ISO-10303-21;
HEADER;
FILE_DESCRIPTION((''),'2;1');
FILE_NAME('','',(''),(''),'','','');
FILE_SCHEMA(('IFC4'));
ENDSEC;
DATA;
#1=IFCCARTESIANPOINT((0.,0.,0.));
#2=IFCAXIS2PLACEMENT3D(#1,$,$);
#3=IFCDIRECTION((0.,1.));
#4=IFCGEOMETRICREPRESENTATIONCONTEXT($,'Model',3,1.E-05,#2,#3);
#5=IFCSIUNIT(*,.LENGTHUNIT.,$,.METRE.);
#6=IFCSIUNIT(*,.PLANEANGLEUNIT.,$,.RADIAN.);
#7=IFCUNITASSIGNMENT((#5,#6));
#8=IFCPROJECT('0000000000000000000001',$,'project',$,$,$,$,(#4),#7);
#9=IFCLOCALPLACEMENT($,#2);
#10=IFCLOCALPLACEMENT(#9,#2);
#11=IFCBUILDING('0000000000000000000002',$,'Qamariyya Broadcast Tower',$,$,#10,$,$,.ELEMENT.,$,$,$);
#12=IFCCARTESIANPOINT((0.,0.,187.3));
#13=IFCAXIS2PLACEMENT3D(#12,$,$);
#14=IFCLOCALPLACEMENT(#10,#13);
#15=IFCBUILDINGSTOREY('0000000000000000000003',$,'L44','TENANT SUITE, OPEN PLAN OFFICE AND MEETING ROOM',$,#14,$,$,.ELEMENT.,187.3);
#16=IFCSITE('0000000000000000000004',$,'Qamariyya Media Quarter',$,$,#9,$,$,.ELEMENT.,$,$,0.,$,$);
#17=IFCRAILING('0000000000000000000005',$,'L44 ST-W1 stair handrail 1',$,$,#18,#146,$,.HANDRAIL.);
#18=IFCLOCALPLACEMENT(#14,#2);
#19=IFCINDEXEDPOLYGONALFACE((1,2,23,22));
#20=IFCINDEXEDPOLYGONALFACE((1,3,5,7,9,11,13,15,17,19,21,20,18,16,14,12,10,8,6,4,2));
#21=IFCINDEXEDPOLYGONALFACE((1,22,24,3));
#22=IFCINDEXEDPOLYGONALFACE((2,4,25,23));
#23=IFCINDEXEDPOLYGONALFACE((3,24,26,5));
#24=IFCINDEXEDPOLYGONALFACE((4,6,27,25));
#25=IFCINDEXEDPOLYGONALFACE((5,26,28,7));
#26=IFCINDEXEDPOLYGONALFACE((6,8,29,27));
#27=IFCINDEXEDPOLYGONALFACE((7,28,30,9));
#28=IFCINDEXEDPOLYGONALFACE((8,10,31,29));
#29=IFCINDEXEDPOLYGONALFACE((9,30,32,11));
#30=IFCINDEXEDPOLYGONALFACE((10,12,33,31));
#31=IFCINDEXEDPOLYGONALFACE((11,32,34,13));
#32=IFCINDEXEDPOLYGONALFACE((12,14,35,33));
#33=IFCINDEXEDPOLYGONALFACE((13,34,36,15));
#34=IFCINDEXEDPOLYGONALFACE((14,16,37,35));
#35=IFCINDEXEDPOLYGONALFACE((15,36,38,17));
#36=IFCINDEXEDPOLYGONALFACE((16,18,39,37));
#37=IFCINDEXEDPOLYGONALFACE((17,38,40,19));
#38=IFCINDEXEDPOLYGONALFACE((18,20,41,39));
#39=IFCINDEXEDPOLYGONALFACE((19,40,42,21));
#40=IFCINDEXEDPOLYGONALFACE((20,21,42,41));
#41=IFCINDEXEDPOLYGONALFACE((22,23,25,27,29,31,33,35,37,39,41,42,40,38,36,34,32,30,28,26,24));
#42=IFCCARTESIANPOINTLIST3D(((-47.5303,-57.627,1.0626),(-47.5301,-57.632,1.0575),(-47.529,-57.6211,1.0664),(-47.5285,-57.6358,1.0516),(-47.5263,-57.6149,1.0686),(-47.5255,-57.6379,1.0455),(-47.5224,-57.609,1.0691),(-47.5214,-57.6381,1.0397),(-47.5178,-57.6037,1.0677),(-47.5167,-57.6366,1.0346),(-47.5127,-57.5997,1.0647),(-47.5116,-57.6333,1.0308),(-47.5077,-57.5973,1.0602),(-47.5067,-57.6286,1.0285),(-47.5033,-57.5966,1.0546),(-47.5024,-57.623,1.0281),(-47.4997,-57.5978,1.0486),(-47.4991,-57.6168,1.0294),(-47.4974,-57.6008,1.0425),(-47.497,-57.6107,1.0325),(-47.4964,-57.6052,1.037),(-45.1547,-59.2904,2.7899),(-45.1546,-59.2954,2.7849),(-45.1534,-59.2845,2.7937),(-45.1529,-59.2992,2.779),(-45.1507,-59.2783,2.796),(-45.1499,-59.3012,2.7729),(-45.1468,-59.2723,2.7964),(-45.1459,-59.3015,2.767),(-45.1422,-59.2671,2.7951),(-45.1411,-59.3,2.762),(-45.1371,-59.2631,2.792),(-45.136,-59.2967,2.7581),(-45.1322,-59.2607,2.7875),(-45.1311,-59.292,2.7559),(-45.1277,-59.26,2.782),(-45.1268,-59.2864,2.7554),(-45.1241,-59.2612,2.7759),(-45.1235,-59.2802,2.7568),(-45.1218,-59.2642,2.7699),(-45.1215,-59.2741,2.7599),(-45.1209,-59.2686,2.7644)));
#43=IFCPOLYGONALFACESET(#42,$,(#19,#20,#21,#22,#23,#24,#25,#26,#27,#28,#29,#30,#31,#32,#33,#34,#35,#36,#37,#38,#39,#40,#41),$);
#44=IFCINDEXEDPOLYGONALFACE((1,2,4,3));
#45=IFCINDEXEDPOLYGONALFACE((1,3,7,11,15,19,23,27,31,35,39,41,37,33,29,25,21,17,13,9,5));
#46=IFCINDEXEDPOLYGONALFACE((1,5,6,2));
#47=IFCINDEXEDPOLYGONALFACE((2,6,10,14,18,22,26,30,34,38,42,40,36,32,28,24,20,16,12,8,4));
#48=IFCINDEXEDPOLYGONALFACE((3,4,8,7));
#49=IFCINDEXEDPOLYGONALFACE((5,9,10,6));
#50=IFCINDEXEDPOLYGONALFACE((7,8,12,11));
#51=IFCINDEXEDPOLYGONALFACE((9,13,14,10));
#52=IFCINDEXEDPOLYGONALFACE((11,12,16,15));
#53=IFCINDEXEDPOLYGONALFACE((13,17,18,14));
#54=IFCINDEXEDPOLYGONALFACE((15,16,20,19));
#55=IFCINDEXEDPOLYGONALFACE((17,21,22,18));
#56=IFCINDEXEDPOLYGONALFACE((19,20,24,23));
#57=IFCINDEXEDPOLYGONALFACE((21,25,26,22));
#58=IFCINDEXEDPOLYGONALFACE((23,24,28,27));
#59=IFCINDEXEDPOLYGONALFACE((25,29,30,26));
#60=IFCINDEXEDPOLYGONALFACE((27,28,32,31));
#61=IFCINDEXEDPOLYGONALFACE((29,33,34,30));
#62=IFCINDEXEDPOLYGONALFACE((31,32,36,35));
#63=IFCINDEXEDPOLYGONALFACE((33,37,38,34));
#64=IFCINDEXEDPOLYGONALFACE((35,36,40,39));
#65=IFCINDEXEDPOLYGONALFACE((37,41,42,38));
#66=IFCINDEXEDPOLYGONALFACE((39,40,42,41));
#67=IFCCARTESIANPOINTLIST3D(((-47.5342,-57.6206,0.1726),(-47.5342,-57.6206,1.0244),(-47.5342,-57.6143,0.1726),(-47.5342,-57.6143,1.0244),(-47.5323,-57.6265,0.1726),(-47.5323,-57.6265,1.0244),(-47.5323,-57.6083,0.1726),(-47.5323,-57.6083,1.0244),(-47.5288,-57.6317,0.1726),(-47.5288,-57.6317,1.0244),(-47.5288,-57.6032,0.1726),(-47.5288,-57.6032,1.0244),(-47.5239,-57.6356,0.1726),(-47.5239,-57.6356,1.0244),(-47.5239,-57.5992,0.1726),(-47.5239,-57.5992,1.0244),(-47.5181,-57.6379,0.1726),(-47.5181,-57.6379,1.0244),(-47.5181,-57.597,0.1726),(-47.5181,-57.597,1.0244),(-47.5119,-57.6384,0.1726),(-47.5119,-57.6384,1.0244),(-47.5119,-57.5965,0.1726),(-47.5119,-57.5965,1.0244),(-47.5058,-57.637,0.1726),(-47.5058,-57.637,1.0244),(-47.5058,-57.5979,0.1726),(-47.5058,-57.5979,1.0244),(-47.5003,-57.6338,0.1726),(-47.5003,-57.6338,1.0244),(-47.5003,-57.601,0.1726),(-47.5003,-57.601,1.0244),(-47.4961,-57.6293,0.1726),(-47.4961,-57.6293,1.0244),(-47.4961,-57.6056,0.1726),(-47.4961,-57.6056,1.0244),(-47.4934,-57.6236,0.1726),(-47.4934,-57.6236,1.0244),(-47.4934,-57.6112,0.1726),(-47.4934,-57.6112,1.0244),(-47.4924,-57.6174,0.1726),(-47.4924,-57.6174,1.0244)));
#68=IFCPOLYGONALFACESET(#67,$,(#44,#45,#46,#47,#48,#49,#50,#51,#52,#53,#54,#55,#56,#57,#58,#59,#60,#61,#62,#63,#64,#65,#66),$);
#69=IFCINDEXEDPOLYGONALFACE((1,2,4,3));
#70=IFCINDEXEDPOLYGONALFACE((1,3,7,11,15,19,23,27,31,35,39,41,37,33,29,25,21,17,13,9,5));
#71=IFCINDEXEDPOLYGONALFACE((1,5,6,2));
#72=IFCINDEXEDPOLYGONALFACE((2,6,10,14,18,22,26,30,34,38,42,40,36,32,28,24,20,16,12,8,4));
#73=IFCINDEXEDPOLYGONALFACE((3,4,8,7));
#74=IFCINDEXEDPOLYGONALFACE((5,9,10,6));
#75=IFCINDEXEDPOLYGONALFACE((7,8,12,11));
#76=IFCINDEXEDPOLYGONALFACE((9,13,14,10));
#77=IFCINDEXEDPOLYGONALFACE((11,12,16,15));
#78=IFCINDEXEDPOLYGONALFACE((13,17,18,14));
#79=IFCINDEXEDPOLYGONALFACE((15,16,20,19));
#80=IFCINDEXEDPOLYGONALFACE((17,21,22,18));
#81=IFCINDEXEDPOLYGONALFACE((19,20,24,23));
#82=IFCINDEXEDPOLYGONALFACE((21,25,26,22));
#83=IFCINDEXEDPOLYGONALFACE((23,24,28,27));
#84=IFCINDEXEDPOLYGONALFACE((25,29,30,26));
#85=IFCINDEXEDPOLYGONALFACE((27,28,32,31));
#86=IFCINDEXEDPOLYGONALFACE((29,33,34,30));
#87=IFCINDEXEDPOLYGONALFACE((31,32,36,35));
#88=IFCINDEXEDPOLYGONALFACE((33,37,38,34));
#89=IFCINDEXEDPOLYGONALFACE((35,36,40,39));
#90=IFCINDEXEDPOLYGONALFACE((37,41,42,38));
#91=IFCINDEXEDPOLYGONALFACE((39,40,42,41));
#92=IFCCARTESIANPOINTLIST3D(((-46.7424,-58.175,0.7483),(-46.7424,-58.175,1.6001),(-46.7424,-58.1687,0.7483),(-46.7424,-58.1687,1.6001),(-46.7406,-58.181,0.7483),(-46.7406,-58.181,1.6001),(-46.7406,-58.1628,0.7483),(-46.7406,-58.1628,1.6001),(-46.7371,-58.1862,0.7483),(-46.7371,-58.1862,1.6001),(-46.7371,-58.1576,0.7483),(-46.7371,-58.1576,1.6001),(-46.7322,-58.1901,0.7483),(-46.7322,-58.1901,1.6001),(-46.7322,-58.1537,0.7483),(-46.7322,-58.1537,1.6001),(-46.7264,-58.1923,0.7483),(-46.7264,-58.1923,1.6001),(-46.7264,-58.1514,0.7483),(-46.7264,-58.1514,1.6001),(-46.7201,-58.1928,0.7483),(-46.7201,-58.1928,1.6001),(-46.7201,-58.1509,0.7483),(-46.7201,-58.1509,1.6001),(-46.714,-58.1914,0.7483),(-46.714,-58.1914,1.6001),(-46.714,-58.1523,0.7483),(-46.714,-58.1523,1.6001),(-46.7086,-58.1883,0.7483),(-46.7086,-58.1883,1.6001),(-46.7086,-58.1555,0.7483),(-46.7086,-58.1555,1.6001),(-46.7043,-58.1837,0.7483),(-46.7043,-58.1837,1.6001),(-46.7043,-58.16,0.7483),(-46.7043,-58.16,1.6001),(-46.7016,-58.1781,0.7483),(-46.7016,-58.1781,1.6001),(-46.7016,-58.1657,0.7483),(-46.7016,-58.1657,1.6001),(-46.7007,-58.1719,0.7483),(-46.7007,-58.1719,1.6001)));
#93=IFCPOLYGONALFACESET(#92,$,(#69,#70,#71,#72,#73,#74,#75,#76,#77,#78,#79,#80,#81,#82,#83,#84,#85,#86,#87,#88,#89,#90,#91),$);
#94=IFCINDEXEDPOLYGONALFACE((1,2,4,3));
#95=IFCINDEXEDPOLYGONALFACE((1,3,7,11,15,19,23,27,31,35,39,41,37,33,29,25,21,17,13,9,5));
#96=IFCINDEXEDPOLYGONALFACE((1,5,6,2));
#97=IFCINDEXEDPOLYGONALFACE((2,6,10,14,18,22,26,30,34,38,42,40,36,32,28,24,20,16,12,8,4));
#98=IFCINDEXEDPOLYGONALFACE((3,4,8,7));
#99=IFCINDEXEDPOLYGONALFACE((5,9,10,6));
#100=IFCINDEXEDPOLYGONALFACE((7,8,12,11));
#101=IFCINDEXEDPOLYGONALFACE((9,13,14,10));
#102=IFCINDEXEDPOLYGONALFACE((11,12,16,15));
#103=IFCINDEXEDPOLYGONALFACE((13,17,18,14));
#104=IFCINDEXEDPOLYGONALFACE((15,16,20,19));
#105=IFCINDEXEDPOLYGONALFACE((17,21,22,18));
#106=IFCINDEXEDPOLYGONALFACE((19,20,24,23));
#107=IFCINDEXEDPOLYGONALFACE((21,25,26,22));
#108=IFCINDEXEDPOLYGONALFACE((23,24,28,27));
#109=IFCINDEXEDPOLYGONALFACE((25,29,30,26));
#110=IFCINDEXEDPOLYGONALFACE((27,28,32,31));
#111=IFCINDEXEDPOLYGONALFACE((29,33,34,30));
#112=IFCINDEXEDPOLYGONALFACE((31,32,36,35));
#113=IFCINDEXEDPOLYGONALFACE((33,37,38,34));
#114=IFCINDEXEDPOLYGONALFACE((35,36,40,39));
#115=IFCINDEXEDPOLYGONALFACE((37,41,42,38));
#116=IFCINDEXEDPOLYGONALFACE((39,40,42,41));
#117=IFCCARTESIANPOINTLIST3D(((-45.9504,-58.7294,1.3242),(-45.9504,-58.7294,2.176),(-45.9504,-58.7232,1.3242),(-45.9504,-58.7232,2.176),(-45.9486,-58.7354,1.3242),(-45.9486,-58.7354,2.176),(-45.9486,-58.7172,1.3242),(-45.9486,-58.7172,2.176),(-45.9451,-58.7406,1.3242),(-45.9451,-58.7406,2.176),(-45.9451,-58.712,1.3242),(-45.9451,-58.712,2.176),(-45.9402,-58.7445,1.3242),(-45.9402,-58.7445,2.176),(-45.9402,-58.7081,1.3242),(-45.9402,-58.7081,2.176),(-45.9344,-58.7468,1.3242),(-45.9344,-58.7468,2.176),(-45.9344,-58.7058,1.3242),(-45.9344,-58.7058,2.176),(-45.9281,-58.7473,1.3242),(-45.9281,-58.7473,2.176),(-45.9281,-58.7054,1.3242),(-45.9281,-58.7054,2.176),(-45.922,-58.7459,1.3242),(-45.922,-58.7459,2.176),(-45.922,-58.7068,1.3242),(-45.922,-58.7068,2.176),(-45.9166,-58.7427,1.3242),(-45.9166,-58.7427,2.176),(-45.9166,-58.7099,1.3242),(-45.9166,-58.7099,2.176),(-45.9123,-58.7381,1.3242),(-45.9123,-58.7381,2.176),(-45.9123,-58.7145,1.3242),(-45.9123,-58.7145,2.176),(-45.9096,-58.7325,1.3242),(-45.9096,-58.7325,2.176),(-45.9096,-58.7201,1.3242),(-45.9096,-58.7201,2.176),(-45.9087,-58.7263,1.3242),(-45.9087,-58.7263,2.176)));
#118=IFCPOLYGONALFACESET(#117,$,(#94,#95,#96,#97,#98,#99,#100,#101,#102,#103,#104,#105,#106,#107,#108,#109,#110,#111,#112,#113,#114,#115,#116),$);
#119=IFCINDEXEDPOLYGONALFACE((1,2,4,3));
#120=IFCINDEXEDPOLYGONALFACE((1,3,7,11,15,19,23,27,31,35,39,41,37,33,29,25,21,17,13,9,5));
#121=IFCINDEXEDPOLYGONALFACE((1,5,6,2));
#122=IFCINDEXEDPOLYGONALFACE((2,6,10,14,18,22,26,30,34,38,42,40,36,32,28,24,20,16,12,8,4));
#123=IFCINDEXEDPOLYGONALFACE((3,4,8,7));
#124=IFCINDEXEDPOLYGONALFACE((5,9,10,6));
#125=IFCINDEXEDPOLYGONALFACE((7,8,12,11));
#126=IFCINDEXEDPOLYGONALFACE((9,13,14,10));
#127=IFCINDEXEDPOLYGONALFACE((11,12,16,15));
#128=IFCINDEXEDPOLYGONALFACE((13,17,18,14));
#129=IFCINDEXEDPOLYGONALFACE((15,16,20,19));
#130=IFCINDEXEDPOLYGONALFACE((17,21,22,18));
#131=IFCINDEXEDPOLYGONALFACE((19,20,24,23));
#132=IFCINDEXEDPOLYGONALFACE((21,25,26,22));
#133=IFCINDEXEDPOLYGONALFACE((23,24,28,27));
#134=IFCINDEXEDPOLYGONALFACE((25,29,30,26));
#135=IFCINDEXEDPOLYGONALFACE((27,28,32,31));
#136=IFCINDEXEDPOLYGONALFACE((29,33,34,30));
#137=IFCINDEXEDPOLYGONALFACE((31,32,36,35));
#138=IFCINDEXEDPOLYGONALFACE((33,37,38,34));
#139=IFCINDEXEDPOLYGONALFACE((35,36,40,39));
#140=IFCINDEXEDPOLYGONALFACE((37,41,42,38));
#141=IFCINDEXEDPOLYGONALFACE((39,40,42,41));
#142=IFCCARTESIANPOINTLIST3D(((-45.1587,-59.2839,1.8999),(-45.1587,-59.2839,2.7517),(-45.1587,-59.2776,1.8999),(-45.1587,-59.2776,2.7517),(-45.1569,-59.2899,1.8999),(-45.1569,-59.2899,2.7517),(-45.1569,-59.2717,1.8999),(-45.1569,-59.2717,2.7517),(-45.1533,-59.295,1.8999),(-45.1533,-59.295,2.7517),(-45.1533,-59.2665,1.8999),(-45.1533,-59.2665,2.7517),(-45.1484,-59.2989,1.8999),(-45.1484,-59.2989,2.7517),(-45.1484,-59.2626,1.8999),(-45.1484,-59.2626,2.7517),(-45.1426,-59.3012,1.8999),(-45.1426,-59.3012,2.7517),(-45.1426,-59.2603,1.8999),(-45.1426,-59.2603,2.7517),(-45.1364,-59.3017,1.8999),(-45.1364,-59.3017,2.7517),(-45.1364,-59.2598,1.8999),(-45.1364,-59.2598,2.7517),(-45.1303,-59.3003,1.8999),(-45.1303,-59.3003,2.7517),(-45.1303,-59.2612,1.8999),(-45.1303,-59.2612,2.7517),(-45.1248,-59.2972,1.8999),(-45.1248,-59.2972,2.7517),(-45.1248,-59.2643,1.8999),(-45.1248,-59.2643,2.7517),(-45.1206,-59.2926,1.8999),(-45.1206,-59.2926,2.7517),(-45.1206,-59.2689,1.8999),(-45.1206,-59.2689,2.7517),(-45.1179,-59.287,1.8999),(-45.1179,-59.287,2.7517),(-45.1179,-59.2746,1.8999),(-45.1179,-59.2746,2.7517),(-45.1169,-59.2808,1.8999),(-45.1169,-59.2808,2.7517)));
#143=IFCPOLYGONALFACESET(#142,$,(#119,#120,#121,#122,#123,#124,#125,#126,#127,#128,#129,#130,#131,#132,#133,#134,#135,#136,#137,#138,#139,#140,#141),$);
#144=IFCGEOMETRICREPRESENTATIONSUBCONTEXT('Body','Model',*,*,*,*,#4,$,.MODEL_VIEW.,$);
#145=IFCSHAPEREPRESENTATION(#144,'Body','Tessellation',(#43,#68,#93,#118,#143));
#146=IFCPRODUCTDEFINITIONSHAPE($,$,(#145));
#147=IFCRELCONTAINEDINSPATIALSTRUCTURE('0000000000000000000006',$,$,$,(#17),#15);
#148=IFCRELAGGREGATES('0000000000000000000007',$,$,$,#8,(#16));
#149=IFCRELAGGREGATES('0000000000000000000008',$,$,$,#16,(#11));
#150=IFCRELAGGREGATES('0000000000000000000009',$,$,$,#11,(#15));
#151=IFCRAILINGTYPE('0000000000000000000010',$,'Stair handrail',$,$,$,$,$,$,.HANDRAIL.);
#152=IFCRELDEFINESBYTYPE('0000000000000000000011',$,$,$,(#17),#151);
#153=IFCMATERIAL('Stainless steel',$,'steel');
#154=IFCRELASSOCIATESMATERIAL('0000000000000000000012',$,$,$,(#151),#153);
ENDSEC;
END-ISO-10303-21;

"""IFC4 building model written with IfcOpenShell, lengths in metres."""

from ifc_helpers import new_model, si_unit, direction, frame, origin, origin_2d, place, context, subcontext, project, spatial, circle, extrude, material, type_object, element, save


model = new_model("IFC4")

# Units and contexts
model_context = context("Model", 3, precision=1e-05, world=origin(), true_north=direction((0.0, 1.0)))
body_context = subcontext(model_context, "Body", "Model", "MODEL_VIEW")
ifc_project = project(units=[si_unit("LENGTHUNIT", "METRE"), si_unit("PLANEANGLEUNIT", "RADIAN")], contexts=[model_context])

# Site, building, storey
site_placement = place(None, origin())
site = spatial("IfcSite", under=ifc_project, at=site_placement, Name="Qamariyya Media Quarter", CompositionType="ELEMENT", RefElevation=0.0)
building_placement = place(site_placement, origin())
building = spatial("IfcBuilding", under=site, at=building_placement, Name="Qamariyya Broadcast Tower", CompositionType="ELEMENT")
storey_placement = place(building_placement, frame((0.0, 0.0, 187.3)))
storey = spatial("IfcBuildingStorey", under=building, at=storey_placement, Name="L44", Description="TENANT SUITE, OPEN PLAN OFFICE AND MEETING ROOM", CompositionType="ELEMENT", Elevation=187.3)

# Railing
ifc_material_1 = material(Name="Stainless steel", Category="steel")
railing_type_1 = type_object("IfcRailingType", Name="Stair handrail", PredefinedType="HANDRAIL", material=ifc_material_1)
railing_1_placement = place(storey_placement, frame((-47.5134, -57.6174, 0.1726)))
element("IfcRailing", 1, at=railing_1_placement, inside=storey, type_object=railing_type_1, Name="L44 ST-W1 stair handrail 1", PredefinedType="HANDRAIL", context=body_context, shape_type="SweptSolid", body=[
    extrude(circle(Radius=0.0239, at=origin_2d()), frame((0.0, 0.0, 0.876), z_axis=(0.70377, -0.492784, 0.511734), x_axis=(0.573575, 0.819153, 0.0)), (0.0, 0.0, 1.0), 3.3755),
    extrude(circle(Radius=0.021, at=origin_2d()), origin(), (0.0, 0.0, 1.0), 0.8518),
    extrude(circle(Radius=0.021, at=origin_2d()), frame((0.7917, -0.5544, 0.5757)), (0.0, 0.0, 1.0), 0.8518),
    extrude(circle(Radius=0.021, at=origin_2d()), frame((1.5837, -1.1089, 1.1516)), (0.0, 0.0, 1.0), 0.8518),
    extrude(circle(Radius=0.021, at=origin_2d()), frame((2.3755, -1.6633, 1.7273)), (0.0, 0.0, 1.0), 0.8518),
])

save(model, "model.ifc")
